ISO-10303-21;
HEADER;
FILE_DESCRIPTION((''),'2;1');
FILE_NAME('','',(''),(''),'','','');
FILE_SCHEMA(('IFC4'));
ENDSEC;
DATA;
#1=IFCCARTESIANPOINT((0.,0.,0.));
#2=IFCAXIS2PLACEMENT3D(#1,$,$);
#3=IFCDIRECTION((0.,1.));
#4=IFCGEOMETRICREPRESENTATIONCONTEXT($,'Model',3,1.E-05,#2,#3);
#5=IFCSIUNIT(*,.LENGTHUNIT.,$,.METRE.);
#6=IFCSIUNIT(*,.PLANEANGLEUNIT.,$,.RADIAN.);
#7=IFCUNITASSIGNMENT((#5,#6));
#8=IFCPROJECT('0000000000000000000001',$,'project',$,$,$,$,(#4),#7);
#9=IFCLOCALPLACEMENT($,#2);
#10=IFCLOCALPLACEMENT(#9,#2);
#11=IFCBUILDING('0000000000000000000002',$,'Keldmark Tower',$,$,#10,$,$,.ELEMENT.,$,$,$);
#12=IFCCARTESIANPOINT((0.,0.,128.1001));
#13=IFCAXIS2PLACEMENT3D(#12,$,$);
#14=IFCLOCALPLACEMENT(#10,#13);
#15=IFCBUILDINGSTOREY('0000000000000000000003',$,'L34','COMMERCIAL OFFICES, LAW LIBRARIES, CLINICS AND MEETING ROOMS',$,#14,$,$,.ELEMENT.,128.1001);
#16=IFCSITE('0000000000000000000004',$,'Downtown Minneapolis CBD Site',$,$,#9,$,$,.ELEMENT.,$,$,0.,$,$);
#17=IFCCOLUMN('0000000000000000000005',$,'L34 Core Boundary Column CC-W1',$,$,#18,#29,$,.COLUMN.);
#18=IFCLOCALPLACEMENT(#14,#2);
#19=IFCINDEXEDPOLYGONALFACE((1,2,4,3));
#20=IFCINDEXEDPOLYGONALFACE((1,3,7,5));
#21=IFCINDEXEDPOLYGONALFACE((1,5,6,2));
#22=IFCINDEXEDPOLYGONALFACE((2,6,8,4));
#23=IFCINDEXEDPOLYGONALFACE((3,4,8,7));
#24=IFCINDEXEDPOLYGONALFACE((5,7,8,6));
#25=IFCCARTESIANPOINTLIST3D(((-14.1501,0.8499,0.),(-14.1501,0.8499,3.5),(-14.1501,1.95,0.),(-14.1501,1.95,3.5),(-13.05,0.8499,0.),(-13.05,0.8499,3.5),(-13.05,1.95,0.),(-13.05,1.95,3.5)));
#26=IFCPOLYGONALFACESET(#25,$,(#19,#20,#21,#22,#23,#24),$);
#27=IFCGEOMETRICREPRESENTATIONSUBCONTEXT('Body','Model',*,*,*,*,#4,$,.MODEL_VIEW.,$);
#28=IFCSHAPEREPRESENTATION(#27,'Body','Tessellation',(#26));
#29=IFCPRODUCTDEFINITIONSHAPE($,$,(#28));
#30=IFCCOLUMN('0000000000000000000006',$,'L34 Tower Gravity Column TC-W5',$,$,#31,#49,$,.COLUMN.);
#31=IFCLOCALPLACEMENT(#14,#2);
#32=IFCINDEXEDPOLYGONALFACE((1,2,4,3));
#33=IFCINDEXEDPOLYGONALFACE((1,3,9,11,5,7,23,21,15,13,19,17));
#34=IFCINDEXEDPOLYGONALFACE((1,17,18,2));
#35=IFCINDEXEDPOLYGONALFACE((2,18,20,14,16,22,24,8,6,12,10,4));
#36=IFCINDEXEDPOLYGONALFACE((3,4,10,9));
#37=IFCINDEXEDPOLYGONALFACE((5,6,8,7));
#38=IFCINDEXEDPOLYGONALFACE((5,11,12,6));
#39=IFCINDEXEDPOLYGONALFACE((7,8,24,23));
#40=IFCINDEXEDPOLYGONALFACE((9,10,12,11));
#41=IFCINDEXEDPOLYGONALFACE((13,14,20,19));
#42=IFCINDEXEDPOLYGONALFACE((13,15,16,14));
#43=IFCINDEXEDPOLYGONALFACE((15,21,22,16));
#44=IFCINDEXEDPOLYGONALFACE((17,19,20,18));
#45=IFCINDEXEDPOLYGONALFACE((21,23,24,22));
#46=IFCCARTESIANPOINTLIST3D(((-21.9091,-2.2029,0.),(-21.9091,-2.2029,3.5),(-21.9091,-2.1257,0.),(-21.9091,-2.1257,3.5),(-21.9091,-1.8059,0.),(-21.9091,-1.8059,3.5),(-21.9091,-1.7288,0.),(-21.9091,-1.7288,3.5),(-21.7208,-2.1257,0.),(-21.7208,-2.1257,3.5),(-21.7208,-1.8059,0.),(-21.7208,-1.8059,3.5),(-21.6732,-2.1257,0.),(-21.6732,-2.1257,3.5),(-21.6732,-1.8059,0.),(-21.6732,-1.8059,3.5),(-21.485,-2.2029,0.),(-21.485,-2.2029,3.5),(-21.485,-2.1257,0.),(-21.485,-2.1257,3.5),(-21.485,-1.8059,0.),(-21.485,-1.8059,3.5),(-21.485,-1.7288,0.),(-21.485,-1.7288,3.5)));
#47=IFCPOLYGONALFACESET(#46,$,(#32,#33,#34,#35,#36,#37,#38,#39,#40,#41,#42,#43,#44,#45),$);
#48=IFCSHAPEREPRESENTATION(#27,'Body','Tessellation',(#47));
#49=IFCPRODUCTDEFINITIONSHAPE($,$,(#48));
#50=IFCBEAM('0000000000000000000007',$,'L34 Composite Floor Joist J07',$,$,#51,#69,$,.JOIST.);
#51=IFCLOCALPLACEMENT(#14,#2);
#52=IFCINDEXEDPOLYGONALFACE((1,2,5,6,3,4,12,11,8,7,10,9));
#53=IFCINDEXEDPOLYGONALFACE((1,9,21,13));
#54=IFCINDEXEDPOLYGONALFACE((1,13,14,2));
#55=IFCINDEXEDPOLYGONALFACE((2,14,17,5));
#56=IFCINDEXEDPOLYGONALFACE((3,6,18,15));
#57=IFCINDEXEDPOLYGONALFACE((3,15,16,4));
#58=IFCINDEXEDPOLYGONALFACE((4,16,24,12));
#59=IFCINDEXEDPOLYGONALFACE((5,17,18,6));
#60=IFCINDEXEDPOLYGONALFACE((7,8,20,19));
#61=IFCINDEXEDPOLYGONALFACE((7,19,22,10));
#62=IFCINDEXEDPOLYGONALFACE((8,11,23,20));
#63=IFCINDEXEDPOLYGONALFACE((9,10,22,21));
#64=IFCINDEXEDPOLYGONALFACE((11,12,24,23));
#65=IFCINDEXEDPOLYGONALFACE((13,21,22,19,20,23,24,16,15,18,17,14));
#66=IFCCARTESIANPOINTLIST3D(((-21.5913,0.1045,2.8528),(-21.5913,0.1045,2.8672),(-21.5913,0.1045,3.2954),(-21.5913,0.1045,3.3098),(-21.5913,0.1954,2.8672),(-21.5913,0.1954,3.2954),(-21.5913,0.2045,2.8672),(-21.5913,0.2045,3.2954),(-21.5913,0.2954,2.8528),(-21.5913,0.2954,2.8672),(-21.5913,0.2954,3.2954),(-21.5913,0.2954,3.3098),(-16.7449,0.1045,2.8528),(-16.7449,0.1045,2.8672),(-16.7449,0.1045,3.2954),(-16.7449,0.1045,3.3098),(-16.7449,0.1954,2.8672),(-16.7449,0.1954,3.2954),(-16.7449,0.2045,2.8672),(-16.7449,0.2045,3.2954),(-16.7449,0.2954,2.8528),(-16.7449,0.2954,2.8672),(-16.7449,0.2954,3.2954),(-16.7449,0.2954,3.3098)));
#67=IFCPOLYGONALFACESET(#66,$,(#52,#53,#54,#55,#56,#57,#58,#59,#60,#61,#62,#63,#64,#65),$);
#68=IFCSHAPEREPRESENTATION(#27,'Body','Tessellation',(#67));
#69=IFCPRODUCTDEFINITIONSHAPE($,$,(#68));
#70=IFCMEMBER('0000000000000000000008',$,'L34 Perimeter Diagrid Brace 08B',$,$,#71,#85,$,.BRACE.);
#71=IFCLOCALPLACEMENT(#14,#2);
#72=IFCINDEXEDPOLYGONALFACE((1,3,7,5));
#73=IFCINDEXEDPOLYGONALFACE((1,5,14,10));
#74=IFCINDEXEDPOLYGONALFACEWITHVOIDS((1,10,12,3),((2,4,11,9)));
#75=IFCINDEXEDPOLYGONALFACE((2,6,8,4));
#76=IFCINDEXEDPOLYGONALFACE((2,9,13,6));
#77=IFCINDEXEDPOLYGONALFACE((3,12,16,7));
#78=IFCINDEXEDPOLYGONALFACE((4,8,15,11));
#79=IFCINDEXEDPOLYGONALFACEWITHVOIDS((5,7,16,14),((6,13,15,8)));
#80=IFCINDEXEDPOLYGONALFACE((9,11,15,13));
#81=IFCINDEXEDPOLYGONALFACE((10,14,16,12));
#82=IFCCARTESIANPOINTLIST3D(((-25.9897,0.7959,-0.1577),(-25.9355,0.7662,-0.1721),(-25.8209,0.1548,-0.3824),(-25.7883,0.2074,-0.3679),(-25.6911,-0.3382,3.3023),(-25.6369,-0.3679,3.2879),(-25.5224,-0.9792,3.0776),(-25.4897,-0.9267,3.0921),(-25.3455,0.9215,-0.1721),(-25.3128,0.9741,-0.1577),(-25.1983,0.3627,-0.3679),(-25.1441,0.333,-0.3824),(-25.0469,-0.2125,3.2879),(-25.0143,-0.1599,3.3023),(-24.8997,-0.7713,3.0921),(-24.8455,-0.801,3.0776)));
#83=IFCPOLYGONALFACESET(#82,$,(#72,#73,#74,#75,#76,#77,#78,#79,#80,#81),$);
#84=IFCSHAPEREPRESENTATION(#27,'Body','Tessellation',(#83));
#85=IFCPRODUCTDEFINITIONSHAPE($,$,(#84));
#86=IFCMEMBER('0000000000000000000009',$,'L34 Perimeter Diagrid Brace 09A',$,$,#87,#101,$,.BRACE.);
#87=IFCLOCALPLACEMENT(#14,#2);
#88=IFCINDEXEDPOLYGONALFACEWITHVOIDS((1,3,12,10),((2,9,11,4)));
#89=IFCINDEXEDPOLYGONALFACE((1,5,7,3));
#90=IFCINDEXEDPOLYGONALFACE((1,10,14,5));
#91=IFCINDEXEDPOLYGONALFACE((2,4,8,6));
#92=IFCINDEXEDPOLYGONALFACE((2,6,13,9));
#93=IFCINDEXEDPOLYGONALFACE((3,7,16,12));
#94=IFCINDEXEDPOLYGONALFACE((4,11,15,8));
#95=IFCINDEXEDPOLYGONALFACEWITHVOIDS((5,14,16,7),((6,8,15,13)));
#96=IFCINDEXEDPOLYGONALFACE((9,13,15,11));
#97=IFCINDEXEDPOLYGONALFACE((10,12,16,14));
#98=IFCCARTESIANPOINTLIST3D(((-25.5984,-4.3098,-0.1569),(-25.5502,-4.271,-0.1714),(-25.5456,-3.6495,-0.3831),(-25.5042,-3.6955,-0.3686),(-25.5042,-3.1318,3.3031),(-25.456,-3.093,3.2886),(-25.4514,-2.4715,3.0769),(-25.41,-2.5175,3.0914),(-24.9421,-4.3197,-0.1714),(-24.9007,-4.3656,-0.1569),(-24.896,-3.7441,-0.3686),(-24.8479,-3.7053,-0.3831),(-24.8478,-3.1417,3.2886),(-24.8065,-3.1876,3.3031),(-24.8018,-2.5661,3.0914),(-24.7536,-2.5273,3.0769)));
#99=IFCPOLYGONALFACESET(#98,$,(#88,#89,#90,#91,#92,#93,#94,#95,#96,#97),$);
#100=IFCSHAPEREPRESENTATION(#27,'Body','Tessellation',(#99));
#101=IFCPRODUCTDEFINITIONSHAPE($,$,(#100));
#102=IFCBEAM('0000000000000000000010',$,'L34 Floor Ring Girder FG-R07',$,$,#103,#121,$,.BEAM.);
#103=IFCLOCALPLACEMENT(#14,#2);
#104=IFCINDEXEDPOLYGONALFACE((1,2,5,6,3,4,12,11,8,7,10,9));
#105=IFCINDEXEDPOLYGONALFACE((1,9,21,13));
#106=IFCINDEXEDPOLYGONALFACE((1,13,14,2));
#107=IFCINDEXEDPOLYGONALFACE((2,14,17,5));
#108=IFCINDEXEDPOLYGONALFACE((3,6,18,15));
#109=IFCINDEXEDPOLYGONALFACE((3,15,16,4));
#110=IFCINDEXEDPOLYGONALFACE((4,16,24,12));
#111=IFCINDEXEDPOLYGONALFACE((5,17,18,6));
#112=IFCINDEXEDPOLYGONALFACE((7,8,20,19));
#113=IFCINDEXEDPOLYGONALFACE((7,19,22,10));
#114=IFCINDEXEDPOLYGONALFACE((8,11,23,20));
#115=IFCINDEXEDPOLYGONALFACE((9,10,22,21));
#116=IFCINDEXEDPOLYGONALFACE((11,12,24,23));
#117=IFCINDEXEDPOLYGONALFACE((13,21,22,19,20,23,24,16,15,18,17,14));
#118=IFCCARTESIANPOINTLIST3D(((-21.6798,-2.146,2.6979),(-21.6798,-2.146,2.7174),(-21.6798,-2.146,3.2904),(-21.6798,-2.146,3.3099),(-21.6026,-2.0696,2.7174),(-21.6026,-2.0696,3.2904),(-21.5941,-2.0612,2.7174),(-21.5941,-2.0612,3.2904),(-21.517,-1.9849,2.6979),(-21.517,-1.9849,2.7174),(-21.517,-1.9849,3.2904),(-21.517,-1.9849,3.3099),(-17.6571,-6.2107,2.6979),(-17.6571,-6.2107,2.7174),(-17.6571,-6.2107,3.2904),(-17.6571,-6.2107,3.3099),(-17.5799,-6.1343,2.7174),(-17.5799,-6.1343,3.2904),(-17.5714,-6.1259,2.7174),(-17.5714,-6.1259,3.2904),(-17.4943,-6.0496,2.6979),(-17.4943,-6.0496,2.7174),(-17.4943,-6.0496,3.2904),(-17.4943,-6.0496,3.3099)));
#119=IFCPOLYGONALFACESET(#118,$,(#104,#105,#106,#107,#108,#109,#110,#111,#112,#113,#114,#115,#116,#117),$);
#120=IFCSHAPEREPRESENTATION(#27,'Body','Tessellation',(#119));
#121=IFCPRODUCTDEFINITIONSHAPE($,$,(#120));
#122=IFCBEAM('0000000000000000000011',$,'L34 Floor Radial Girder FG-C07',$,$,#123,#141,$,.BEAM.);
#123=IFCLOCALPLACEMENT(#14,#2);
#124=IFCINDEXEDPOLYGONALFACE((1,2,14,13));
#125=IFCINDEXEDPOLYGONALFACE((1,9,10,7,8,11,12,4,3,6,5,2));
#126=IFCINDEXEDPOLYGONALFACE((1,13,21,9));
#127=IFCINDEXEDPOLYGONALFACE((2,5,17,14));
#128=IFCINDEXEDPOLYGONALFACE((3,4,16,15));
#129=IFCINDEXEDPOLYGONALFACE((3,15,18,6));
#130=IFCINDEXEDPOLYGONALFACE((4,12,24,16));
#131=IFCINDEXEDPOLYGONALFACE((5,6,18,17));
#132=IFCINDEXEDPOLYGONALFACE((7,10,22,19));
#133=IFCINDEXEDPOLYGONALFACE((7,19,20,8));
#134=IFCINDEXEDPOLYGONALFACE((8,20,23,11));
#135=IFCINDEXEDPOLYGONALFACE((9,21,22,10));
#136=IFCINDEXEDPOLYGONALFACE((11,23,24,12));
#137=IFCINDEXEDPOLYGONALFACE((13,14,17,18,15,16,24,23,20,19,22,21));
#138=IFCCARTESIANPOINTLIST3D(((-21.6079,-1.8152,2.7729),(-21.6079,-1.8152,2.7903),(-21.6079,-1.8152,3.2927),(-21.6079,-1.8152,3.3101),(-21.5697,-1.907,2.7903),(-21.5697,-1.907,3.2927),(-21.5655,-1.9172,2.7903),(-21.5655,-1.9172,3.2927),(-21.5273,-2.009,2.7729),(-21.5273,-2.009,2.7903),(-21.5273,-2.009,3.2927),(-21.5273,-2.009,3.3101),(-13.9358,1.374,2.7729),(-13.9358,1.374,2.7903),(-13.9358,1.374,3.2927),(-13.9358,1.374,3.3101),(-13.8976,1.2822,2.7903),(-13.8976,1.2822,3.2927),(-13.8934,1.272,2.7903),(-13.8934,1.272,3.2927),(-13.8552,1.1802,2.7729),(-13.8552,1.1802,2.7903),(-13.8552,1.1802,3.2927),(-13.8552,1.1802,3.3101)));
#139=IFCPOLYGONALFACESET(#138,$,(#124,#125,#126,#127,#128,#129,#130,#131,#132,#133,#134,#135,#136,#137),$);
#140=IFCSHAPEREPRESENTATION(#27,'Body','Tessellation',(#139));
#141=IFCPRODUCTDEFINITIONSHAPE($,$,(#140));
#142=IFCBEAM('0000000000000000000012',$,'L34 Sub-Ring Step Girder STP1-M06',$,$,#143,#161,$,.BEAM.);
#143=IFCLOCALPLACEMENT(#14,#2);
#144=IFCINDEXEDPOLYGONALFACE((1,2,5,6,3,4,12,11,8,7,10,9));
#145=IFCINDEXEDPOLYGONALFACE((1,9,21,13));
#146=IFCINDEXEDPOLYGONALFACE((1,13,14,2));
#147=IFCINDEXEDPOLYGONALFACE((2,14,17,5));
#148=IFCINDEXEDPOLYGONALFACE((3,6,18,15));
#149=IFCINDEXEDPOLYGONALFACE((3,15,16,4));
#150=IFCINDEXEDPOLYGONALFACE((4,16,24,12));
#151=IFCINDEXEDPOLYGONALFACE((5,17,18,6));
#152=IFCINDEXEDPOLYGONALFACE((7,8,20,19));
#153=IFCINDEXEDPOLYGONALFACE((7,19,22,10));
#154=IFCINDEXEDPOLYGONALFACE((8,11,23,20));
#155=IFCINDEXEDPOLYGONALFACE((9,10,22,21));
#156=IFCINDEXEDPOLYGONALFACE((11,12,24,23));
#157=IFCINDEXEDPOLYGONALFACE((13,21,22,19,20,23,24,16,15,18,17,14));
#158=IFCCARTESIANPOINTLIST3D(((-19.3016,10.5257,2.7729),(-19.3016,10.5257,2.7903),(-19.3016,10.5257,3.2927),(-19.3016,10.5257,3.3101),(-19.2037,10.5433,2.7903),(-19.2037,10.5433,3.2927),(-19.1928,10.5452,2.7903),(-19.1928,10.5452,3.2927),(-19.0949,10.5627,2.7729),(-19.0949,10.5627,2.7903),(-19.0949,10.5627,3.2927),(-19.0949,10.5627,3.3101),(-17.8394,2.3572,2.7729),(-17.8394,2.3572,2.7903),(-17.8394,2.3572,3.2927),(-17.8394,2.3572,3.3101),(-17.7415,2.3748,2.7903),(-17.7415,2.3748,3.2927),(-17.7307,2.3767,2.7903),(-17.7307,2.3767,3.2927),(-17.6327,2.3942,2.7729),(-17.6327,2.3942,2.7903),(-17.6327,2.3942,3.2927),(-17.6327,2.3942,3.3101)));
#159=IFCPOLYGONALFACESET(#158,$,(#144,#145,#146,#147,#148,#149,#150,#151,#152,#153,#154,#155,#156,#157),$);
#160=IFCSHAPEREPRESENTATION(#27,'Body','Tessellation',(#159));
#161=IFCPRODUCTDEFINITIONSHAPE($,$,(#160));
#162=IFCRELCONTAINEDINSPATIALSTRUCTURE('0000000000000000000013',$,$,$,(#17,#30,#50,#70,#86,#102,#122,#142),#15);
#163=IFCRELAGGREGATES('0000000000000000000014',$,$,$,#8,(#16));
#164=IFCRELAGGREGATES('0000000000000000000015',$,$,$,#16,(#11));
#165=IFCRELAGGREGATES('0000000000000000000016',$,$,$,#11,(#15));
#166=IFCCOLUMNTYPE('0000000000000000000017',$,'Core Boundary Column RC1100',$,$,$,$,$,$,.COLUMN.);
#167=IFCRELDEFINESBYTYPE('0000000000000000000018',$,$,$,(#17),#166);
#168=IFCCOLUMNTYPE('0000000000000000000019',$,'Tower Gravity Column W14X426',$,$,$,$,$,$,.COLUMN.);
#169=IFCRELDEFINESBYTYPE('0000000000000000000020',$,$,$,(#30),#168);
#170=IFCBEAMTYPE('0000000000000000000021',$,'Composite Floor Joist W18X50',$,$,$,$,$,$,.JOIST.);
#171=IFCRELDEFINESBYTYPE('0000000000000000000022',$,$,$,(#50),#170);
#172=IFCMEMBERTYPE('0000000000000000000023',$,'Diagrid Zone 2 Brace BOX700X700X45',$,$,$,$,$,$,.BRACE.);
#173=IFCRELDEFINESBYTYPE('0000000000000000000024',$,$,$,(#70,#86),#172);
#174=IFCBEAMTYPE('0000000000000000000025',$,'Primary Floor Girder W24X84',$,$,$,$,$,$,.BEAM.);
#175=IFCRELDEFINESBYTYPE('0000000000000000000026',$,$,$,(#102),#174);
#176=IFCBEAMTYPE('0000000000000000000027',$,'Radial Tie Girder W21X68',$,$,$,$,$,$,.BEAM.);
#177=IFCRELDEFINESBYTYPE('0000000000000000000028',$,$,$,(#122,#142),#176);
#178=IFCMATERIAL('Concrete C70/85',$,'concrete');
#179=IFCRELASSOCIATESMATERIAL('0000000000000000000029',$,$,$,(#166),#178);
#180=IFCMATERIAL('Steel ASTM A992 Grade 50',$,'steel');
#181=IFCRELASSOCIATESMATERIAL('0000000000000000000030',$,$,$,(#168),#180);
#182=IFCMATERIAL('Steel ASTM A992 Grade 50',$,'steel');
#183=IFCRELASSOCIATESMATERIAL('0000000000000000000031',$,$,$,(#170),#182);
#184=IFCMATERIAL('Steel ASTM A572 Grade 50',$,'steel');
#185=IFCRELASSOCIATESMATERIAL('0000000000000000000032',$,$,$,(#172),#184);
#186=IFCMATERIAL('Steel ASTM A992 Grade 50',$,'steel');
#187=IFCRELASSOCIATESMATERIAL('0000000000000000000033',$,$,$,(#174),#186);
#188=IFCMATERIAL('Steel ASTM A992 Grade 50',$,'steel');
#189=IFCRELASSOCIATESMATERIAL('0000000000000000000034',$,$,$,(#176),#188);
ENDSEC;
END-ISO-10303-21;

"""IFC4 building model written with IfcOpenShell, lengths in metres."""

from ifc_helpers import new_model, si_unit, direction, frame, origin, origin_2d, place, context, subcontext, project, spatial, rectangle, hollow_rectangle, i_section, extrude, material, material_profile, profile_set, type_object, element, save


model = new_model("IFC4")

# Units and contexts
model_context = context("Model", 3, precision=1e-05, world=origin(), true_north=direction((0.0, 1.0)))
body_context = subcontext(model_context, "Body", "Model", "MODEL_VIEW")
ifc_project = project(units=[si_unit("LENGTHUNIT", "METRE"), si_unit("PLANEANGLEUNIT", "RADIAN")], contexts=[model_context])

# Site, building, storey
site_placement = place(None, origin())
site = spatial("IfcSite", under=ifc_project, at=site_placement, Name="Downtown Minneapolis CBD Site", CompositionType="ELEMENT", RefElevation=0.0)
building_placement = place(site_placement, origin())
building = spatial("IfcBuilding", under=site, at=building_placement, Name="Keldmark Tower", CompositionType="ELEMENT")
storey_placement = place(building_placement, frame((0.0, 0.0, 128.1001)))
storey = spatial("IfcBuildingStorey", under=building, at=storey_placement, Name="L34", Description="COMMERCIAL OFFICES, LAW LIBRARIES, CLINICS AND MEETING ROOMS", CompositionType="ELEMENT", Elevation=128.1001)

# Columns
ifc_material_1 = material(Name="Concrete C70/85", Category="concrete")
ifc_material_profile_1 = material_profile(ifc_material_1, rectangle(XDim=1.1001, YDim=1.1001, at=origin_2d()), Name="RC1100X1100")
ifc_profile_set_1 = profile_set([ifc_material_profile_1], Name="Concrete C70/85")
column_type_1 = type_object("IfcColumnType", Name="Core Boundary Column RC1100", PredefinedType="COLUMN", material=ifc_profile_set_1)
column_1_placement = place(storey_placement, frame((-13.6001, 1.3999, 0.0), z_axis=(0.0, 0.0, 1.0), x_axis=(1.0, 0.0, 0.0)))
element("IfcColumn", 1, at=column_1_placement, inside=storey, type_object=column_type_1, Name="L34 Core Boundary Column CC-W1", PredefinedType="COLUMN", context=body_context, shape_type="SweptSolid", body=[
    extrude(rectangle(XDim=1.1001, YDim=1.1001, at=origin_2d()), origin(), (0.0, 0.0, 1.0), 3.5),
])
ifc_material_2 = material(Name="Steel ASTM A992 Grade 50", Category="steel")
ifc_material_profile_2 = material_profile(ifc_material_2, i_section(OverallWidth=0.4241, OverallDepth=0.4741, WebThickness=0.0476, FlangeThickness=0.0771, at=origin_2d()), Name="W14X426")
ifc_profile_set_2 = profile_set([ifc_material_profile_2], Name="Steel ASTM A992 Grade 50")
column_type_2 = type_object("IfcColumnType", Name="Tower Gravity Column W14X426", PredefinedType="COLUMN", material=ifc_profile_set_2)
column_2_placement = place(storey_placement, frame((-21.697, -1.9658, 0.0), z_axis=(0.0, 0.0, 1.0), x_axis=(1.0, 0.0, 0.0)))
element("IfcColumn", 2, at=column_2_placement, inside=storey, type_object=column_type_2, Name="L34 Tower Gravity Column TC-W5", PredefinedType="COLUMN", context=body_context, shape_type="SweptSolid", body=[
    extrude(i_section(OverallWidth=0.4241, OverallDepth=0.4741, WebThickness=0.0476, FlangeThickness=0.0771, at=origin_2d()), origin(), (0.0, 0.0, 1.0), 3.5),
])

# Beam
ifc_material_3 = material(Name="Steel ASTM A992 Grade 50", Category="steel")
ifc_material_profile_3 = material_profile(ifc_material_3, i_section(OverallWidth=0.1909, OverallDepth=0.457, WebThickness=0.009, FlangeThickness=0.0144, at=origin_2d()), Name="W18X50")
ifc_profile_set_3 = profile_set([ifc_material_profile_3], Name="Steel ASTM A992 Grade 50")
beam_type_1 = type_object("IfcBeamType", Name="Composite Floor Joist W18X50", PredefinedType="JOIST", material=ifc_profile_set_3)
beam_1_placement = place(storey_placement, frame((-21.5913, 0.2, 3.0813), z_axis=(1.0, 0.0, 0.0), x_axis=(0.0, 1.0, 0.0)))
element("IfcBeam", 3, at=beam_1_placement, inside=storey, type_object=beam_type_1, Name="L34 Composite Floor Joist J07", PredefinedType="JOIST", context=body_context, shape_type="SweptSolid", body=[
    extrude(i_section(OverallWidth=0.1909, OverallDepth=0.457, WebThickness=0.009, FlangeThickness=0.0144, at=origin_2d()), origin(), (0.0, 0.0, 1.0), 4.8464),
])

# Members
ifc_material_4 = material(Name="Steel ASTM A572 Grade 50", Category="steel")
ifc_material_profile_4 = material_profile(ifc_material_4, hollow_rectangle(XDim=0.7, YDim=0.7, WallThickness=0.0449, at=origin_2d()), Name="BOX700X700X45")
ifc_profile_set_4 = profile_set([ifc_material_profile_4], Name="Steel ASTM A572 Grade 50")
member_type = type_object("IfcMemberType", Name="Diagrid Zone 2 Brace BOX700X700X45", PredefinedType="BRACE", material=ifc_profile_set_4)
member_1_placement = place(storey_placement, frame((-25.5669, 0.5645, -0.27), z_axis=(0.08173, -0.310414, 0.947081), x_axis=(0.967042, 0.254616, 0.0)))
element("IfcMember", 4, at=member_1_placement, inside=storey, type_object=member_type, Name="L34 Perimeter Diagrid Brace 08B", PredefinedType="BRACE", context=body_context, shape_type="SweptSolid", body=[
    extrude(hollow_rectangle(XDim=0.7, YDim=0.7, WallThickness=0.0449, at=origin_2d()), origin(), (0.0, 0.0, 1.0), 3.6533),
])
member_2_placement = place(storey_placement, frame((-25.2231, -4.0076, -0.27), z_axis=(0.025775, 0.322186, 0.946325), x_axis=(-0.996815, 0.079745, 0.0)))
element("IfcMember", 5, at=member_2_placement, inside=storey, type_object=member_type, Name="L34 Perimeter Diagrid Brace 09A", PredefinedType="BRACE", context=body_context, shape_type="SweptSolid", body=[
    extrude(hollow_rectangle(XDim=0.7, YDim=0.7, WallThickness=0.0449, at=origin_2d()), origin(), (0.0, 0.0, 1.0), 3.6562),
])

# Beams
ifc_material_5 = material(Name="Steel ASTM A992 Grade 50", Category="steel")
ifc_material_profile_5 = material_profile(ifc_material_5, i_section(OverallWidth=0.229, OverallDepth=0.6121, WebThickness=0.012, FlangeThickness=0.0195, at=origin_2d()), Name="W24X84")
ifc_profile_set_5 = profile_set([ifc_material_profile_5], Name="Steel ASTM A992 Grade 50")
beam_type_2 = type_object("IfcBeamType", Name="Primary Floor Girder W24X84", PredefinedType="BEAM", material=ifc_profile_set_5)
beam_2_placement = place(storey_placement, frame((-21.5984, -2.0654, 3.0039), z_axis=(0.703426, -0.710769, 0.0), x_axis=(0.710769, 0.703426, 0.0)))
element("IfcBeam", 6, at=beam_2_placement, inside=storey, type_object=beam_type_2, Name="L34 Floor Ring Girder FG-R07", PredefinedType="BEAM", context=body_context, shape_type="SweptSolid", body=[
    extrude(i_section(OverallWidth=0.229, OverallDepth=0.6121, WebThickness=0.012, FlangeThickness=0.0195, at=origin_2d()), origin(), (0.0, 0.0, 1.0), 5.7188),
])
ifc_material_6 = material(Name="Steel ASTM A992 Grade 50", Category="steel")
ifc_material_profile_6 = material_profile(ifc_material_6, i_section(OverallWidth=0.21, OverallDepth=0.5371, WebThickness=0.011, FlangeThickness=0.0173, at=origin_2d()), Name="W21X68")
ifc_profile_set_6 = profile_set([ifc_material_profile_6], Name="Steel ASTM A992 Grade 50")
beam_type_3 = type_object("IfcBeamType", Name="Radial Tie Girder W21X68", PredefinedType="BEAM", material=ifc_profile_set_6)
beam_3_placement = place(storey_placement, frame((-21.5676, -1.9121, 3.0415), z_axis=(0.923397, 0.383845, 0.0), x_axis=(-0.383845, 0.923397, 0.0)))
element("IfcBeam", 7, at=beam_3_placement, inside=storey, type_object=beam_type_3, Name="L34 Floor Radial Girder FG-C07", PredefinedType="BEAM", context=body_context, shape_type="SweptSolid", body=[
    extrude(i_section(OverallWidth=0.21, OverallDepth=0.5371, WebThickness=0.011, FlangeThickness=0.0173, at=origin_2d()), origin(), (0.0, 0.0, 1.0), 8.3086),
])
beam_4_placement = place(storey_placement, frame((-17.7361, 2.3757, 3.0415), z_axis=(-0.1762, 0.984354, 0.0), x_axis=(-0.984354, -0.1762, 0.0)))
element("IfcBeam", 8, at=beam_4_placement, inside=storey, type_object=beam_type_3, Name="L34 Sub-Ring Step Girder STP1-M06", PredefinedType="BEAM", context=body_context, shape_type="SweptSolid", body=[
    extrude(i_section(OverallWidth=0.21, OverallDepth=0.5371, WebThickness=0.011, FlangeThickness=0.0173, at=origin_2d()), origin(), (0.0, 0.0, 1.0), 8.2983),
])

save(model, "model.ifc")
